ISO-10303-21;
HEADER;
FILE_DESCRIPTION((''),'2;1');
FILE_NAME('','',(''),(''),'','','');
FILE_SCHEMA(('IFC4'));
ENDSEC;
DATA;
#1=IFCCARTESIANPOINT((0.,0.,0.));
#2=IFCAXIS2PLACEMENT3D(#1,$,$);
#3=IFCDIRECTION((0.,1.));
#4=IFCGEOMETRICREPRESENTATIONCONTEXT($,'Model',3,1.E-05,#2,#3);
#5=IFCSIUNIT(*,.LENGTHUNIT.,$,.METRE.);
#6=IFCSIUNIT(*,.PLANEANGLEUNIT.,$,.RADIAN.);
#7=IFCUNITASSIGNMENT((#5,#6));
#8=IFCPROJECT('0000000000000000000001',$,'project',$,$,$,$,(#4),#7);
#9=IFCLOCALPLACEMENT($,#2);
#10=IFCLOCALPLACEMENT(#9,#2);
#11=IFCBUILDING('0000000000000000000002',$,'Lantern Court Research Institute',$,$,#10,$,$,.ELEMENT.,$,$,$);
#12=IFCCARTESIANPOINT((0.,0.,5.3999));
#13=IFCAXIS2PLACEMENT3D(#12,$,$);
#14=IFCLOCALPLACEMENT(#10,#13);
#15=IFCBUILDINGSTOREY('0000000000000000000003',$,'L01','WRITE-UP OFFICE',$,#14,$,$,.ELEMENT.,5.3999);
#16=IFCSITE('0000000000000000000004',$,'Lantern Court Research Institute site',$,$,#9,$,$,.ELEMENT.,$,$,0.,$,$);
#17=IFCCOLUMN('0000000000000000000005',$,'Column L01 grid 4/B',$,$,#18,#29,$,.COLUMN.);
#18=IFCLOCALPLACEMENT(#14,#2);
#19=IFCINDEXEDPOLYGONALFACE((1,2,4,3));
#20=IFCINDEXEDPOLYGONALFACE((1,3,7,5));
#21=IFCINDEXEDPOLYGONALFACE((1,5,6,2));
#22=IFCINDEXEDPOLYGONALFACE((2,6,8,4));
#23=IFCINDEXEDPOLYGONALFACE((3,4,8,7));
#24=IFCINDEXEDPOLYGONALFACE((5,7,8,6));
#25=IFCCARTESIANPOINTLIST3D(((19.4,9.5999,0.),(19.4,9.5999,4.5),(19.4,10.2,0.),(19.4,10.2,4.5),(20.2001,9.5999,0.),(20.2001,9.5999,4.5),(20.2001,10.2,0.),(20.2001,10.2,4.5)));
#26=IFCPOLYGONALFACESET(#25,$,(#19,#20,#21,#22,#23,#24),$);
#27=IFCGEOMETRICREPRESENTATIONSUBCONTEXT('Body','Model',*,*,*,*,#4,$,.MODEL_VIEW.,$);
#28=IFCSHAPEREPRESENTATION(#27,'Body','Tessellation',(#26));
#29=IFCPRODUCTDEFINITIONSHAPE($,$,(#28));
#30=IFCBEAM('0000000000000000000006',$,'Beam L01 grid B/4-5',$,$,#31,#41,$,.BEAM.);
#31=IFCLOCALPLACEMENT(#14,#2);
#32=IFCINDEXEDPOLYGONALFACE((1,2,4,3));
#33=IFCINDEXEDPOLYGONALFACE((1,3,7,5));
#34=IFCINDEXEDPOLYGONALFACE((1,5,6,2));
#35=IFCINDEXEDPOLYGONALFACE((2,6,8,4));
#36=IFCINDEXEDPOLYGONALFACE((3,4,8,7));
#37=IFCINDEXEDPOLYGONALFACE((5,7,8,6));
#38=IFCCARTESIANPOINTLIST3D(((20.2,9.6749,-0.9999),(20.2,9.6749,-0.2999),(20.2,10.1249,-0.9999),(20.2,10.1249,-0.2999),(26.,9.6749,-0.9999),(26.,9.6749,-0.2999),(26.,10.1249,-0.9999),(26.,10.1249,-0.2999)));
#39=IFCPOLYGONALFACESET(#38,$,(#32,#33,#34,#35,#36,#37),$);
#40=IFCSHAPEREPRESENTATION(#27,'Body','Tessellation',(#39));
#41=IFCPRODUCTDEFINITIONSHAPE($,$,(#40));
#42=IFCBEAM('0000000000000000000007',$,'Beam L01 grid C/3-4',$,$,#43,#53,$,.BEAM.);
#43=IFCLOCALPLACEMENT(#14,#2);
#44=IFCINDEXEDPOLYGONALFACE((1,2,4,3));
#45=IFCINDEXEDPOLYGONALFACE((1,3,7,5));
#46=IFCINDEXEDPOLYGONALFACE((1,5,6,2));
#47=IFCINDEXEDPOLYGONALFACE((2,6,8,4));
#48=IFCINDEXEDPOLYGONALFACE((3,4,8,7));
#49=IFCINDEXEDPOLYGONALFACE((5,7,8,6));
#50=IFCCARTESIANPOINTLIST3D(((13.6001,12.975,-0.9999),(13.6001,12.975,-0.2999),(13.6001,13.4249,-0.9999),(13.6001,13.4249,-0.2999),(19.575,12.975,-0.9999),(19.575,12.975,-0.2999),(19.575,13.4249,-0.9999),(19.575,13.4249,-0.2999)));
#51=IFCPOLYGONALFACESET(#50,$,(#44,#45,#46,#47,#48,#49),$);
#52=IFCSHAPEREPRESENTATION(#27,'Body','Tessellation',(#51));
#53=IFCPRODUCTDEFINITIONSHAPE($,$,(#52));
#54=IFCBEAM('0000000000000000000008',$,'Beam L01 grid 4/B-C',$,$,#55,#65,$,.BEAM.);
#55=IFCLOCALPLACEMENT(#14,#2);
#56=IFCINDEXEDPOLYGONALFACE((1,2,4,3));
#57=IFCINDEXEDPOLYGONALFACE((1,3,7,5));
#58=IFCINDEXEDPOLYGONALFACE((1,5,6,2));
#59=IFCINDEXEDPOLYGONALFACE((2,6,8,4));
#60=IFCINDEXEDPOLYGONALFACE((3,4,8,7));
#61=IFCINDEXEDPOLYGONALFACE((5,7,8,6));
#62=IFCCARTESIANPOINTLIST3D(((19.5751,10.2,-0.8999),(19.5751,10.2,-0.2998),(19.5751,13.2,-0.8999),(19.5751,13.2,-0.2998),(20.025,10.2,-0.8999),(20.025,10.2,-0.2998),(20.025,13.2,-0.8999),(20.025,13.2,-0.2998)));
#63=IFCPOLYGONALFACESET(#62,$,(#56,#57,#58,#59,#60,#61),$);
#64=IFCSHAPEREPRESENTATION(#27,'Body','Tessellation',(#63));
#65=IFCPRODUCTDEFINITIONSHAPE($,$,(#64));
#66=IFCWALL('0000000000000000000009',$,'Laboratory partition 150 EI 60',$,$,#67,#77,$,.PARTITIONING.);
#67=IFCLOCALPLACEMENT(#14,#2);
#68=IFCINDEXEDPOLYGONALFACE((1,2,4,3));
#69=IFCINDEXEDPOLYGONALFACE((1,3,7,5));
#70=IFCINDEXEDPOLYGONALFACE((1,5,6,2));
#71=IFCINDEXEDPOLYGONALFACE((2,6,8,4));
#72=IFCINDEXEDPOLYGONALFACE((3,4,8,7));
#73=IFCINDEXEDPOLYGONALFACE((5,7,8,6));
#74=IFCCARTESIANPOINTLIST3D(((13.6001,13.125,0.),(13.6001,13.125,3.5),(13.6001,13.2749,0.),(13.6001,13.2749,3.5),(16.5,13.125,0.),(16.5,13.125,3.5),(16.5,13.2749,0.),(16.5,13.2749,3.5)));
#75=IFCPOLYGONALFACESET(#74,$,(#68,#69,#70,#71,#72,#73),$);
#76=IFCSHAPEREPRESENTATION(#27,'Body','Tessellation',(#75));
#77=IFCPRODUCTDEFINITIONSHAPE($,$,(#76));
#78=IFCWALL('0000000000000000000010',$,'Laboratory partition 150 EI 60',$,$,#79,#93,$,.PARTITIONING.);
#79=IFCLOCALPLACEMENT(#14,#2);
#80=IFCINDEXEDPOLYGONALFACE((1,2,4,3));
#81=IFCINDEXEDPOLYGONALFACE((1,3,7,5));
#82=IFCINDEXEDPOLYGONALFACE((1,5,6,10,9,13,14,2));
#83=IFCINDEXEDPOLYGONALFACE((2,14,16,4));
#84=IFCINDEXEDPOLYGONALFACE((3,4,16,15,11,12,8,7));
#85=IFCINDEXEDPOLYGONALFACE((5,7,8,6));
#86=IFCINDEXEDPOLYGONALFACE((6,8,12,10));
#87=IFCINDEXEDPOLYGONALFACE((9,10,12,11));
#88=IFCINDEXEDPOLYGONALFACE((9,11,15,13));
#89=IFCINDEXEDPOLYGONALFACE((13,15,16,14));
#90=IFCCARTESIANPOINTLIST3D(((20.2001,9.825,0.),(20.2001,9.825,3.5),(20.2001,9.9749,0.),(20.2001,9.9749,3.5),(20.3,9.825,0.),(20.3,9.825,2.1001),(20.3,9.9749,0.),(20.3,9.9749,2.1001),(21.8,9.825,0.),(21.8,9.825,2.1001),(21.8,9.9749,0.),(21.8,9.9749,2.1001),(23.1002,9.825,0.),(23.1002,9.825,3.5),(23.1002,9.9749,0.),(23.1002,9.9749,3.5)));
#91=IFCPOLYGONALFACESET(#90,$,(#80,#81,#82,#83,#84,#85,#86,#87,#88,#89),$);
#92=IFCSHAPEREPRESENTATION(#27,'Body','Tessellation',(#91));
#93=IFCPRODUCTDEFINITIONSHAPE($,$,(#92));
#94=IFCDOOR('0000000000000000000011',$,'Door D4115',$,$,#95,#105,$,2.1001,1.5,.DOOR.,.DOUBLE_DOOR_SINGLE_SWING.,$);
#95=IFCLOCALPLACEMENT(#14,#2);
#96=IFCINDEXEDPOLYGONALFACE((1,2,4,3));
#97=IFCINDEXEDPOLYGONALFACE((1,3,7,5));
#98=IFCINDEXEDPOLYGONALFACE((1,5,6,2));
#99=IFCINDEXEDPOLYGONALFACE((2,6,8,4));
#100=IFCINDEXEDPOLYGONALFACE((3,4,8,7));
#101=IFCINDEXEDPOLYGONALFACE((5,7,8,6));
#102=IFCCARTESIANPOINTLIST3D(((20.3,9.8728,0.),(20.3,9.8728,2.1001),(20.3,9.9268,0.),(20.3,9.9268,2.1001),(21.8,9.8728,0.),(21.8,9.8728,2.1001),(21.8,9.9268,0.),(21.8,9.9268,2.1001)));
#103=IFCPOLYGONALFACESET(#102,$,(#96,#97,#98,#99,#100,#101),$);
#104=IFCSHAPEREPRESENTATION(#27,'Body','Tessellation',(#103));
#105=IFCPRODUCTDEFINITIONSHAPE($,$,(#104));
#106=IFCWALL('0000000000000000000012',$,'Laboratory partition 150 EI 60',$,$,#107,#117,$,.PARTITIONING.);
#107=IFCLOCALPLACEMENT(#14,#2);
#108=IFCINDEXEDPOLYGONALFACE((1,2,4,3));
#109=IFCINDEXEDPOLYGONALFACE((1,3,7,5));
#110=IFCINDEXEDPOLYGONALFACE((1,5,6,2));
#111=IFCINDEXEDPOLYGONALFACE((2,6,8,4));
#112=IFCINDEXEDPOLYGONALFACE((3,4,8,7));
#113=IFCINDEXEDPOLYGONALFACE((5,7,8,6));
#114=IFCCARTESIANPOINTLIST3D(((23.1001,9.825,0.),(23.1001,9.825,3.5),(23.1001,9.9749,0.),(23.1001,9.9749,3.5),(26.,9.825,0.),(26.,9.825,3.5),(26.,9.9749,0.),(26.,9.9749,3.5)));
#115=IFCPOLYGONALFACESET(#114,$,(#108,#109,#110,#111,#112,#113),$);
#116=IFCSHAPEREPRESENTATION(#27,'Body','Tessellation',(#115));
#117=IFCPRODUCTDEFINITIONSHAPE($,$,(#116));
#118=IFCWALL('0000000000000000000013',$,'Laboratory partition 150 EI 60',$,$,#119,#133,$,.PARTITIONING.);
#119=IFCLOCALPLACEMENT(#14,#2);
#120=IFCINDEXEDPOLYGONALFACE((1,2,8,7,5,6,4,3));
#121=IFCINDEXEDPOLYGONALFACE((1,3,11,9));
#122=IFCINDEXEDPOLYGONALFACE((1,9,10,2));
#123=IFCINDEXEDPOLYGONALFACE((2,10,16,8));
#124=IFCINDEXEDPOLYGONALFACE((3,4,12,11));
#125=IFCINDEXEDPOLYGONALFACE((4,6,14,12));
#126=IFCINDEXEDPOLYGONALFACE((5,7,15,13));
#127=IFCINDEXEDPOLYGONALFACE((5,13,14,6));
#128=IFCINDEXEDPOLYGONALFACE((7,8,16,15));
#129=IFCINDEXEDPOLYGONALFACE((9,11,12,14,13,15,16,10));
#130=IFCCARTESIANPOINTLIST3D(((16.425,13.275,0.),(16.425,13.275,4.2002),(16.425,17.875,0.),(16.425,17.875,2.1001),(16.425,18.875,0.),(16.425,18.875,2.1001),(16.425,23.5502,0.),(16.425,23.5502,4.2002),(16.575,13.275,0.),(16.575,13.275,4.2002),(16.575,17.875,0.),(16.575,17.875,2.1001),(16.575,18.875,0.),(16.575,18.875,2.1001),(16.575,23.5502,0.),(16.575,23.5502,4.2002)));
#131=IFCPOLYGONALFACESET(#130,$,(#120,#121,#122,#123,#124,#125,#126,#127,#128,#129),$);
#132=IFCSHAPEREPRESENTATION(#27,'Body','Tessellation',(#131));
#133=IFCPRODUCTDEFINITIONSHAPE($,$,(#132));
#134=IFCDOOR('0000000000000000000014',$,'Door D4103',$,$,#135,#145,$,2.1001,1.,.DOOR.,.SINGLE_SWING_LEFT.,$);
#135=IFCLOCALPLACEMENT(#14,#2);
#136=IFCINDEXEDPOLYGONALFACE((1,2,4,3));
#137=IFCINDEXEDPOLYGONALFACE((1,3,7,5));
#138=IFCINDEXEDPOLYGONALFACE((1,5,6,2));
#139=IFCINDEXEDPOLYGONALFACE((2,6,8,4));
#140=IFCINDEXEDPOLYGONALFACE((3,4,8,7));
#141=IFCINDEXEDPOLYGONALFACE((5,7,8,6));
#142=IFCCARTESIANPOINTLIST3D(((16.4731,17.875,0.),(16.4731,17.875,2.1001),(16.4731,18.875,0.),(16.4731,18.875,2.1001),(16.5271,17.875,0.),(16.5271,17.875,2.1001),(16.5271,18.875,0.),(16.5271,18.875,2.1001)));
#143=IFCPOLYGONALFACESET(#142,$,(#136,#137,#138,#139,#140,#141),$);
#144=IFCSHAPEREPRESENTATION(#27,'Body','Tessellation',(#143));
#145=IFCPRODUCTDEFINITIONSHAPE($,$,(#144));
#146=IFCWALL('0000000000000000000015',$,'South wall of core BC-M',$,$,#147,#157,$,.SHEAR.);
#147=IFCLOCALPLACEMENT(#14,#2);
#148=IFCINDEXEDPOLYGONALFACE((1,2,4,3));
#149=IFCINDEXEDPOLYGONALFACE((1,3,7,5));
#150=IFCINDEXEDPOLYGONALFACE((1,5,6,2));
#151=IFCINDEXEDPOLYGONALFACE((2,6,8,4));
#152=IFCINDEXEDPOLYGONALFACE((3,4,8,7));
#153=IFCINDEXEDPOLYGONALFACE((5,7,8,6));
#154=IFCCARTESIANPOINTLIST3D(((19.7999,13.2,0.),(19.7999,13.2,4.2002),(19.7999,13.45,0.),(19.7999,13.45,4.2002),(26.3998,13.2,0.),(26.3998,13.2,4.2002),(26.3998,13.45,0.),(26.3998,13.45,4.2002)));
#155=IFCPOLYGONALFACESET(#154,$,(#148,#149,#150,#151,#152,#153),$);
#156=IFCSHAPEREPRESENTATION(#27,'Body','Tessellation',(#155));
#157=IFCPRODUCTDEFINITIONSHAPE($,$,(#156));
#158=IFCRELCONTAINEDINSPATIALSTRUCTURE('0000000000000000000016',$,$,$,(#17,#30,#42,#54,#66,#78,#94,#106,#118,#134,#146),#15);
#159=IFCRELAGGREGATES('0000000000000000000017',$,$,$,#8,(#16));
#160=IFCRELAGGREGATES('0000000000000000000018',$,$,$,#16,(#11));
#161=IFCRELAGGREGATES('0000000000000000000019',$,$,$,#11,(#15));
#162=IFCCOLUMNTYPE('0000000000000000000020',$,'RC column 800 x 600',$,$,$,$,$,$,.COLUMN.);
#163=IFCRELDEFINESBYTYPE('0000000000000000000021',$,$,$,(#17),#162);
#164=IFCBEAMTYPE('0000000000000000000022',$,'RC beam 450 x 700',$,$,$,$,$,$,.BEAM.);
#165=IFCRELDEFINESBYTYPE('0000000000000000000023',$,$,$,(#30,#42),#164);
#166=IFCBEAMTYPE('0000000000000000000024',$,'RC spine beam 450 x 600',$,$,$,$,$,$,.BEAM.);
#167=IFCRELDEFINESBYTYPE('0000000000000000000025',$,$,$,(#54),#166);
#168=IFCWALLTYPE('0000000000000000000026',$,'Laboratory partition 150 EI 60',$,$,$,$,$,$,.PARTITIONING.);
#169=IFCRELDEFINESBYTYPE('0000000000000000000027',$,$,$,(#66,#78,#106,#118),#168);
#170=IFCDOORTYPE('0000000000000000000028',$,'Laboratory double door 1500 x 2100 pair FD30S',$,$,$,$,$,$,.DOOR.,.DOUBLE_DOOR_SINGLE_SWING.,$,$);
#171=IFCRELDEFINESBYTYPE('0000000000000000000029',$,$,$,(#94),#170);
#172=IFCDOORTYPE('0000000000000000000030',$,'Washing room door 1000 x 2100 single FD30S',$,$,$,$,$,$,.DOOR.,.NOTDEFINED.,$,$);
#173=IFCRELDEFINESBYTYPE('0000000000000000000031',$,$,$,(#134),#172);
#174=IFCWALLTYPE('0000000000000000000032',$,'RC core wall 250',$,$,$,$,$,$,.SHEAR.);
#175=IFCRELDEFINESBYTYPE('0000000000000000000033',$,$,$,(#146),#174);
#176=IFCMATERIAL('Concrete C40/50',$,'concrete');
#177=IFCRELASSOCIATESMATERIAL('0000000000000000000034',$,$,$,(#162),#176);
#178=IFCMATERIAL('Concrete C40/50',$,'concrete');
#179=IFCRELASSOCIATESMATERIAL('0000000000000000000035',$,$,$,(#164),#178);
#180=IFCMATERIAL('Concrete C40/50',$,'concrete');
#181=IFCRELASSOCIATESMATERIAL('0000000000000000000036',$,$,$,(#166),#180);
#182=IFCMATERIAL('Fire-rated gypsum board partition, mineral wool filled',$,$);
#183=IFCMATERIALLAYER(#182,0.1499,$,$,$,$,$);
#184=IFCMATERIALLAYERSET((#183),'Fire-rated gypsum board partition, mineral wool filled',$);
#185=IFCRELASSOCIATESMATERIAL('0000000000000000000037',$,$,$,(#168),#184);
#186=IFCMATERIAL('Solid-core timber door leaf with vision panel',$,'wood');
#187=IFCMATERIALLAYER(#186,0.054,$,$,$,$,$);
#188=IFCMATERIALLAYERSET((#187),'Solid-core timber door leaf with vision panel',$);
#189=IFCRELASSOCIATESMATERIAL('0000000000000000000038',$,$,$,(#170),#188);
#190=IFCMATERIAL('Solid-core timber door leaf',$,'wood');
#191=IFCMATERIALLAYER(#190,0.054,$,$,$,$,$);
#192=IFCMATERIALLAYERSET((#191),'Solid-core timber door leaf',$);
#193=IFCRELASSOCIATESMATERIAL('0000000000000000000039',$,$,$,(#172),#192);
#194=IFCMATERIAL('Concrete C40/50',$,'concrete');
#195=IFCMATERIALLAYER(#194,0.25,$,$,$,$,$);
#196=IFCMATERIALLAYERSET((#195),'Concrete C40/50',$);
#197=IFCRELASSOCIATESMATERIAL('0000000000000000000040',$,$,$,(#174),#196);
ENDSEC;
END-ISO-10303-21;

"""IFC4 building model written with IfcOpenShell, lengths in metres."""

from ifc_helpers import new_model, si_unit, direction, frame, frame_2d, origin, origin_2d, place, context, subcontext, project, spatial, rectangle, extrude, material, layer, layer_set, material_profile, profile_set, type_object, element, fill, save


model = new_model("IFC4")

# Units and contexts
model_context = context("Model", 3, precision=1e-05, world=origin(), true_north=direction((0.0, 1.0)))
body_context = subcontext(model_context, "Body", "Model", "MODEL_VIEW")
ifc_project = project(units=[si_unit("LENGTHUNIT", "METRE"), si_unit("PLANEANGLEUNIT", "RADIAN")], contexts=[model_context])

# Site, building, storey
site_placement = place(None, origin())
site = spatial("IfcSite", under=ifc_project, at=site_placement, Name="Lantern Court Research Institute site", CompositionType="ELEMENT", RefElevation=0.0)
building_placement = place(site_placement, origin())
building = spatial("IfcBuilding", under=site, at=building_placement, Name="Lantern Court Research Institute", CompositionType="ELEMENT")
storey_placement = place(building_placement, frame((0.0, 0.0, 5.3999)))
storey = spatial("IfcBuildingStorey", under=building, at=storey_placement, Name="L01", Description="WRITE-UP OFFICE", CompositionType="ELEMENT", Elevation=5.3999)

# Column
ifc_material_1 = material(Name="Concrete C40/50", Category="concrete")
ifc_material_profile_1 = material_profile(ifc_material_1, rectangle(XDim=0.8, YDim=0.6001, at=origin_2d()), Name="RC column 800 x 600")
ifc_profile_set_1 = profile_set([ifc_material_profile_1], Name="Concrete C40/50")
column_type = type_object("IfcColumnType", Name="RC column 800 x 600", PredefinedType="COLUMN", material=ifc_profile_set_1)
column_placement = place(storey_placement, frame((19.8, 9.8999, 0.0), z_axis=(0.0, 0.0, 1.0), x_axis=(1.0, 0.0, 0.0)))
element("IfcColumn", 1, at=column_placement, inside=storey, type_object=column_type, Name="Column L01 grid 4/B", PredefinedType="COLUMN", context=body_context, shape_type="SweptSolid", body=[
    extrude(rectangle(XDim=0.8, YDim=0.6001, at=origin_2d()), origin(), (0.0, 0.0, 1.0), 4.5),
])

# Beams
ifc_material_2 = material(Name="Concrete C40/50", Category="concrete")
ifc_material_profile_2 = material_profile(ifc_material_2, rectangle(XDim=0.45, YDim=0.7, at=origin_2d()), Name="RC beam 450 x 700")
ifc_profile_set_2 = profile_set([ifc_material_profile_2], Name="Concrete C40/50")
beam_type_1 = type_object("IfcBeamType", Name="RC beam 450 x 700", PredefinedType="BEAM", material=ifc_profile_set_2)
beam_1_placement = place(storey_placement, frame((20.2, 9.8999, -0.6499), z_axis=(1.0, 0.0, 0.0), x_axis=(0.0, 1.0, 0.0)))
element("IfcBeam", 2, at=beam_1_placement, inside=storey, type_object=beam_type_1, Name="Beam L01 grid B/4-5", PredefinedType="BEAM", context=body_context, shape_type="SweptSolid", body=[
    extrude(rectangle(XDim=0.45, YDim=0.7, at=origin_2d()), origin(), (0.0, 0.0, 1.0), 5.8),
])
beam_2_placement = place(storey_placement, frame((13.6001, 13.2, -0.6499), z_axis=(1.0, 0.0, 0.0), x_axis=(0.0, 1.0, 0.0)))
element("IfcBeam", 3, at=beam_2_placement, inside=storey, type_object=beam_type_1, Name="Beam L01 grid C/3-4", PredefinedType="BEAM", context=body_context, shape_type="SweptSolid", body=[
    extrude(rectangle(XDim=0.45, YDim=0.7, at=origin_2d()), origin(), (0.0, 0.0, 1.0), 5.9749),
])
ifc_material_3 = material(Name="Concrete C40/50", Category="concrete")
ifc_material_profile_3 = material_profile(ifc_material_3, rectangle(XDim=0.45, YDim=0.6001, at=origin_2d()), Name="RC beam 450 x 600")
ifc_profile_set_3 = profile_set([ifc_material_profile_3], Name="Concrete C40/50")
beam_type_2 = type_object("IfcBeamType", Name="RC spine beam 450 x 600", PredefinedType="BEAM", material=ifc_profile_set_3)
beam_3_placement = place(storey_placement, frame((19.8, 10.2, -0.5999), z_axis=(0.0, 1.0, 0.0), x_axis=(-1.0, 0.0, 0.0)))
element("IfcBeam", 4, at=beam_3_placement, inside=storey, type_object=beam_type_2, Name="Beam L01 grid 4/B-C", PredefinedType="BEAM", context=body_context, shape_type="SweptSolid", body=[
    extrude(rectangle(XDim=0.45, YDim=0.6001, at=origin_2d()), origin(), (0.0, 0.0, 1.0), 3.0),
])

# Wall
ifc_material_4 = material(Name="Fire-rated gypsum board partition, mineral wool filled")
ifc_layer_1 = layer(ifc_material_4, 0.1499)
ifc_layer_set_1 = layer_set([ifc_layer_1], Name="Fire-rated gypsum board partition, mineral wool filled")
wall_type_1 = type_object("IfcWallType", Name="Laboratory partition 150 EI 60", PredefinedType="PARTITIONING", material=ifc_layer_set_1)
wall_1_placement = place(storey_placement, frame((16.5, 13.2, 0.0), z_axis=(0.0, 0.0, 1.0), x_axis=(-1.0, 0.0, 0.0)))
element("IfcWall", 5, at=wall_1_placement, inside=storey, type_object=wall_type_1, Name="Laboratory partition 150 EI 60", PredefinedType="PARTITIONING", context=body_context, shape_type="SweptSolid", body=[
    extrude(rectangle(XDim=2.8999, YDim=0.1499, at=frame_2d((1.45, 0.0))), origin(), (0.0, 0.0, 1.0), 3.5),
])

# Wall, opening, door
wall_2_placement = place(storey_placement, frame((20.2, 9.8999, 0.0), z_axis=(0.0, 0.0, 1.0), x_axis=(1.0, 0.0, 0.0)))
wall_2 = element("IfcWall", 6, at=wall_2_placement, inside=storey, type_object=wall_type_1, Name="Laboratory partition 150 EI 60", PredefinedType="PARTITIONING", context=body_context, shape_type="SweptSolid", body=[
    extrude(rectangle(XDim=2.9001, YDim=0.1499, at=frame_2d((1.4502, 0.0))), origin(), (0.0, 0.0, 1.0), 3.5),
])
opening_1_placement = place(wall_2_placement, frame((0.1001, 0.0, 0.0)))
opening_1 = element("IfcOpeningElement", 7, at=opening_1_placement, cuts=wall_2, PredefinedType="OPENING", context=body_context, shape_type="SweptSolid", body=[
    extrude(rectangle(XDim=1.5, YDim=2.1001, at=frame_2d((0.75, 1.05))), frame((0.0, 0.085, 0.0), z_axis=(0.0, -1.0, 0.0), x_axis=(1.0, 0.0, 0.0)), (0.0, 0.0, 1.0), 0.1699),
])
ifc_material_5 = material(Name="Solid-core timber door leaf with vision panel", Category="wood")
ifc_layer_2 = layer(ifc_material_5, 0.054)
ifc_layer_set_2 = layer_set([ifc_layer_2], Name="Solid-core timber door leaf with vision panel")
door_type_1 = type_object("IfcDoorType", Name="Laboratory double door 1500 x 2100 pair FD30S", OperationType="DOUBLE_DOOR_SINGLE_SWING", PredefinedType="DOOR", material=ifc_layer_set_2)
door_1_placement = place(opening_1_placement, origin())
door_1 = element("IfcDoor", 8, at=door_1_placement, inside=storey, type_object=door_type_1, Name="Door D4115", OperationType="DOUBLE_DOOR_SINGLE_SWING", OverallHeight=2.1001, OverallWidth=1.5, PredefinedType="DOOR", context=body_context, shape_type="SweptSolid", body=[
    extrude(rectangle(XDim=1.5, YDim=2.1001, at=frame_2d((0.75, 1.05))), frame((0.0, 0.0269, 0.0), z_axis=(0.0, -1.0, 0.0), x_axis=(1.0, 0.0, 0.0)), (0.0, 0.0, 1.0), 0.054),
])
fill(opening_1, door_1)

# Wall
wall_3_placement = place(storey_placement, frame((23.1001, 9.8999, 0.0), z_axis=(0.0, 0.0, 1.0), x_axis=(1.0, 0.0, 0.0)))
element("IfcWall", 9, at=wall_3_placement, inside=storey, type_object=wall_type_1, Name="Laboratory partition 150 EI 60", PredefinedType="PARTITIONING", context=body_context, shape_type="SweptSolid", body=[
    extrude(rectangle(XDim=2.8999, YDim=0.1499, at=frame_2d((1.45, 0.0))), origin(), (0.0, 0.0, 1.0), 3.5),
])

# Wall, opening, door
wall_4_placement = place(storey_placement, frame((16.5, 13.2749, 0.0), z_axis=(0.0, 0.0, 1.0), x_axis=(0.0, 1.0, 0.0)))
wall_4 = element("IfcWall", 10, at=wall_4_placement, inside=storey, type_object=wall_type_1, Name="Laboratory partition 150 EI 60", PredefinedType="PARTITIONING", context=body_context, shape_type="SweptSolid", body=[
    extrude(rectangle(XDim=10.2751, YDim=0.1499, at=frame_2d((5.1377, 0.0))), origin(), (0.0, 0.0, 1.0), 4.2002),
])
opening_2_placement = place(wall_4_placement, frame((4.6001, 0.0, 0.0)))
opening_2 = element("IfcOpeningElement", 11, at=opening_2_placement, cuts=wall_4, PredefinedType="OPENING", context=body_context, shape_type="SweptSolid", body=[
    extrude(rectangle(XDim=1.0, YDim=2.1001, at=frame_2d((0.5, 1.05))), frame((0.0, 0.085, 0.0), z_axis=(0.0, -1.0, 0.0), x_axis=(1.0, 0.0, 0.0)), (0.0, 0.0, 1.0), 0.1699),
])
ifc_material_6 = material(Name="Solid-core timber door leaf", Category="wood")
ifc_layer_3 = layer(ifc_material_6, 0.054)
ifc_layer_set_3 = layer_set([ifc_layer_3], Name="Solid-core timber door leaf")
door_type_2 = type_object("IfcDoorType", Name="Washing room door 1000 x 2100 single FD30S", OperationType="NOTDEFINED", PredefinedType="DOOR", material=ifc_layer_set_3)
door_2_placement = place(opening_2_placement, origin())
door_2 = element("IfcDoor", 12, at=door_2_placement, inside=storey, type_object=door_type_2, Name="Door D4103", OperationType="SINGLE_SWING_LEFT", OverallHeight=2.1001, OverallWidth=1.0, PredefinedType="DOOR", context=body_context, shape_type="SweptSolid", body=[
    extrude(rectangle(XDim=1.0, YDim=2.1001, at=frame_2d((0.5, 1.05))), frame((0.0, 0.0269, 0.0), z_axis=(0.0, -1.0, 0.0), x_axis=(1.0, 0.0, 0.0)), (0.0, 0.0, 1.0), 0.054),
])
fill(opening_2, door_2)

# Wall
ifc_material_7 = material(Name="Concrete C40/50", Category="concrete")
ifc_layer_4 = layer(ifc_material_7, 0.25)
ifc_layer_set_4 = layer_set([ifc_layer_4], Name="Concrete C40/50")
wall_type_2 = type_object("IfcWallType", Name="RC core wall 250", PredefinedType="SHEAR", material=ifc_layer_set_4)
wall_5_placement = place(storey_placement, frame((19.8, 13.325, 0.0), z_axis=(0.0, 0.0, 1.0), x_axis=(1.0, 0.0, 0.0)))
element("IfcWall", 13, at=wall_5_placement, inside=storey, type_object=wall_type_2, Name="South wall of core BC-M", PredefinedType="SHEAR", context=body_context, shape_type="SweptSolid", body=[
    extrude(rectangle(XDim=6.5999, YDim=0.25, at=frame_2d((3.2998, 0.0))), origin(), (0.0, 0.0, 1.0), 4.2002),
])

save(model, "model.ifc")
